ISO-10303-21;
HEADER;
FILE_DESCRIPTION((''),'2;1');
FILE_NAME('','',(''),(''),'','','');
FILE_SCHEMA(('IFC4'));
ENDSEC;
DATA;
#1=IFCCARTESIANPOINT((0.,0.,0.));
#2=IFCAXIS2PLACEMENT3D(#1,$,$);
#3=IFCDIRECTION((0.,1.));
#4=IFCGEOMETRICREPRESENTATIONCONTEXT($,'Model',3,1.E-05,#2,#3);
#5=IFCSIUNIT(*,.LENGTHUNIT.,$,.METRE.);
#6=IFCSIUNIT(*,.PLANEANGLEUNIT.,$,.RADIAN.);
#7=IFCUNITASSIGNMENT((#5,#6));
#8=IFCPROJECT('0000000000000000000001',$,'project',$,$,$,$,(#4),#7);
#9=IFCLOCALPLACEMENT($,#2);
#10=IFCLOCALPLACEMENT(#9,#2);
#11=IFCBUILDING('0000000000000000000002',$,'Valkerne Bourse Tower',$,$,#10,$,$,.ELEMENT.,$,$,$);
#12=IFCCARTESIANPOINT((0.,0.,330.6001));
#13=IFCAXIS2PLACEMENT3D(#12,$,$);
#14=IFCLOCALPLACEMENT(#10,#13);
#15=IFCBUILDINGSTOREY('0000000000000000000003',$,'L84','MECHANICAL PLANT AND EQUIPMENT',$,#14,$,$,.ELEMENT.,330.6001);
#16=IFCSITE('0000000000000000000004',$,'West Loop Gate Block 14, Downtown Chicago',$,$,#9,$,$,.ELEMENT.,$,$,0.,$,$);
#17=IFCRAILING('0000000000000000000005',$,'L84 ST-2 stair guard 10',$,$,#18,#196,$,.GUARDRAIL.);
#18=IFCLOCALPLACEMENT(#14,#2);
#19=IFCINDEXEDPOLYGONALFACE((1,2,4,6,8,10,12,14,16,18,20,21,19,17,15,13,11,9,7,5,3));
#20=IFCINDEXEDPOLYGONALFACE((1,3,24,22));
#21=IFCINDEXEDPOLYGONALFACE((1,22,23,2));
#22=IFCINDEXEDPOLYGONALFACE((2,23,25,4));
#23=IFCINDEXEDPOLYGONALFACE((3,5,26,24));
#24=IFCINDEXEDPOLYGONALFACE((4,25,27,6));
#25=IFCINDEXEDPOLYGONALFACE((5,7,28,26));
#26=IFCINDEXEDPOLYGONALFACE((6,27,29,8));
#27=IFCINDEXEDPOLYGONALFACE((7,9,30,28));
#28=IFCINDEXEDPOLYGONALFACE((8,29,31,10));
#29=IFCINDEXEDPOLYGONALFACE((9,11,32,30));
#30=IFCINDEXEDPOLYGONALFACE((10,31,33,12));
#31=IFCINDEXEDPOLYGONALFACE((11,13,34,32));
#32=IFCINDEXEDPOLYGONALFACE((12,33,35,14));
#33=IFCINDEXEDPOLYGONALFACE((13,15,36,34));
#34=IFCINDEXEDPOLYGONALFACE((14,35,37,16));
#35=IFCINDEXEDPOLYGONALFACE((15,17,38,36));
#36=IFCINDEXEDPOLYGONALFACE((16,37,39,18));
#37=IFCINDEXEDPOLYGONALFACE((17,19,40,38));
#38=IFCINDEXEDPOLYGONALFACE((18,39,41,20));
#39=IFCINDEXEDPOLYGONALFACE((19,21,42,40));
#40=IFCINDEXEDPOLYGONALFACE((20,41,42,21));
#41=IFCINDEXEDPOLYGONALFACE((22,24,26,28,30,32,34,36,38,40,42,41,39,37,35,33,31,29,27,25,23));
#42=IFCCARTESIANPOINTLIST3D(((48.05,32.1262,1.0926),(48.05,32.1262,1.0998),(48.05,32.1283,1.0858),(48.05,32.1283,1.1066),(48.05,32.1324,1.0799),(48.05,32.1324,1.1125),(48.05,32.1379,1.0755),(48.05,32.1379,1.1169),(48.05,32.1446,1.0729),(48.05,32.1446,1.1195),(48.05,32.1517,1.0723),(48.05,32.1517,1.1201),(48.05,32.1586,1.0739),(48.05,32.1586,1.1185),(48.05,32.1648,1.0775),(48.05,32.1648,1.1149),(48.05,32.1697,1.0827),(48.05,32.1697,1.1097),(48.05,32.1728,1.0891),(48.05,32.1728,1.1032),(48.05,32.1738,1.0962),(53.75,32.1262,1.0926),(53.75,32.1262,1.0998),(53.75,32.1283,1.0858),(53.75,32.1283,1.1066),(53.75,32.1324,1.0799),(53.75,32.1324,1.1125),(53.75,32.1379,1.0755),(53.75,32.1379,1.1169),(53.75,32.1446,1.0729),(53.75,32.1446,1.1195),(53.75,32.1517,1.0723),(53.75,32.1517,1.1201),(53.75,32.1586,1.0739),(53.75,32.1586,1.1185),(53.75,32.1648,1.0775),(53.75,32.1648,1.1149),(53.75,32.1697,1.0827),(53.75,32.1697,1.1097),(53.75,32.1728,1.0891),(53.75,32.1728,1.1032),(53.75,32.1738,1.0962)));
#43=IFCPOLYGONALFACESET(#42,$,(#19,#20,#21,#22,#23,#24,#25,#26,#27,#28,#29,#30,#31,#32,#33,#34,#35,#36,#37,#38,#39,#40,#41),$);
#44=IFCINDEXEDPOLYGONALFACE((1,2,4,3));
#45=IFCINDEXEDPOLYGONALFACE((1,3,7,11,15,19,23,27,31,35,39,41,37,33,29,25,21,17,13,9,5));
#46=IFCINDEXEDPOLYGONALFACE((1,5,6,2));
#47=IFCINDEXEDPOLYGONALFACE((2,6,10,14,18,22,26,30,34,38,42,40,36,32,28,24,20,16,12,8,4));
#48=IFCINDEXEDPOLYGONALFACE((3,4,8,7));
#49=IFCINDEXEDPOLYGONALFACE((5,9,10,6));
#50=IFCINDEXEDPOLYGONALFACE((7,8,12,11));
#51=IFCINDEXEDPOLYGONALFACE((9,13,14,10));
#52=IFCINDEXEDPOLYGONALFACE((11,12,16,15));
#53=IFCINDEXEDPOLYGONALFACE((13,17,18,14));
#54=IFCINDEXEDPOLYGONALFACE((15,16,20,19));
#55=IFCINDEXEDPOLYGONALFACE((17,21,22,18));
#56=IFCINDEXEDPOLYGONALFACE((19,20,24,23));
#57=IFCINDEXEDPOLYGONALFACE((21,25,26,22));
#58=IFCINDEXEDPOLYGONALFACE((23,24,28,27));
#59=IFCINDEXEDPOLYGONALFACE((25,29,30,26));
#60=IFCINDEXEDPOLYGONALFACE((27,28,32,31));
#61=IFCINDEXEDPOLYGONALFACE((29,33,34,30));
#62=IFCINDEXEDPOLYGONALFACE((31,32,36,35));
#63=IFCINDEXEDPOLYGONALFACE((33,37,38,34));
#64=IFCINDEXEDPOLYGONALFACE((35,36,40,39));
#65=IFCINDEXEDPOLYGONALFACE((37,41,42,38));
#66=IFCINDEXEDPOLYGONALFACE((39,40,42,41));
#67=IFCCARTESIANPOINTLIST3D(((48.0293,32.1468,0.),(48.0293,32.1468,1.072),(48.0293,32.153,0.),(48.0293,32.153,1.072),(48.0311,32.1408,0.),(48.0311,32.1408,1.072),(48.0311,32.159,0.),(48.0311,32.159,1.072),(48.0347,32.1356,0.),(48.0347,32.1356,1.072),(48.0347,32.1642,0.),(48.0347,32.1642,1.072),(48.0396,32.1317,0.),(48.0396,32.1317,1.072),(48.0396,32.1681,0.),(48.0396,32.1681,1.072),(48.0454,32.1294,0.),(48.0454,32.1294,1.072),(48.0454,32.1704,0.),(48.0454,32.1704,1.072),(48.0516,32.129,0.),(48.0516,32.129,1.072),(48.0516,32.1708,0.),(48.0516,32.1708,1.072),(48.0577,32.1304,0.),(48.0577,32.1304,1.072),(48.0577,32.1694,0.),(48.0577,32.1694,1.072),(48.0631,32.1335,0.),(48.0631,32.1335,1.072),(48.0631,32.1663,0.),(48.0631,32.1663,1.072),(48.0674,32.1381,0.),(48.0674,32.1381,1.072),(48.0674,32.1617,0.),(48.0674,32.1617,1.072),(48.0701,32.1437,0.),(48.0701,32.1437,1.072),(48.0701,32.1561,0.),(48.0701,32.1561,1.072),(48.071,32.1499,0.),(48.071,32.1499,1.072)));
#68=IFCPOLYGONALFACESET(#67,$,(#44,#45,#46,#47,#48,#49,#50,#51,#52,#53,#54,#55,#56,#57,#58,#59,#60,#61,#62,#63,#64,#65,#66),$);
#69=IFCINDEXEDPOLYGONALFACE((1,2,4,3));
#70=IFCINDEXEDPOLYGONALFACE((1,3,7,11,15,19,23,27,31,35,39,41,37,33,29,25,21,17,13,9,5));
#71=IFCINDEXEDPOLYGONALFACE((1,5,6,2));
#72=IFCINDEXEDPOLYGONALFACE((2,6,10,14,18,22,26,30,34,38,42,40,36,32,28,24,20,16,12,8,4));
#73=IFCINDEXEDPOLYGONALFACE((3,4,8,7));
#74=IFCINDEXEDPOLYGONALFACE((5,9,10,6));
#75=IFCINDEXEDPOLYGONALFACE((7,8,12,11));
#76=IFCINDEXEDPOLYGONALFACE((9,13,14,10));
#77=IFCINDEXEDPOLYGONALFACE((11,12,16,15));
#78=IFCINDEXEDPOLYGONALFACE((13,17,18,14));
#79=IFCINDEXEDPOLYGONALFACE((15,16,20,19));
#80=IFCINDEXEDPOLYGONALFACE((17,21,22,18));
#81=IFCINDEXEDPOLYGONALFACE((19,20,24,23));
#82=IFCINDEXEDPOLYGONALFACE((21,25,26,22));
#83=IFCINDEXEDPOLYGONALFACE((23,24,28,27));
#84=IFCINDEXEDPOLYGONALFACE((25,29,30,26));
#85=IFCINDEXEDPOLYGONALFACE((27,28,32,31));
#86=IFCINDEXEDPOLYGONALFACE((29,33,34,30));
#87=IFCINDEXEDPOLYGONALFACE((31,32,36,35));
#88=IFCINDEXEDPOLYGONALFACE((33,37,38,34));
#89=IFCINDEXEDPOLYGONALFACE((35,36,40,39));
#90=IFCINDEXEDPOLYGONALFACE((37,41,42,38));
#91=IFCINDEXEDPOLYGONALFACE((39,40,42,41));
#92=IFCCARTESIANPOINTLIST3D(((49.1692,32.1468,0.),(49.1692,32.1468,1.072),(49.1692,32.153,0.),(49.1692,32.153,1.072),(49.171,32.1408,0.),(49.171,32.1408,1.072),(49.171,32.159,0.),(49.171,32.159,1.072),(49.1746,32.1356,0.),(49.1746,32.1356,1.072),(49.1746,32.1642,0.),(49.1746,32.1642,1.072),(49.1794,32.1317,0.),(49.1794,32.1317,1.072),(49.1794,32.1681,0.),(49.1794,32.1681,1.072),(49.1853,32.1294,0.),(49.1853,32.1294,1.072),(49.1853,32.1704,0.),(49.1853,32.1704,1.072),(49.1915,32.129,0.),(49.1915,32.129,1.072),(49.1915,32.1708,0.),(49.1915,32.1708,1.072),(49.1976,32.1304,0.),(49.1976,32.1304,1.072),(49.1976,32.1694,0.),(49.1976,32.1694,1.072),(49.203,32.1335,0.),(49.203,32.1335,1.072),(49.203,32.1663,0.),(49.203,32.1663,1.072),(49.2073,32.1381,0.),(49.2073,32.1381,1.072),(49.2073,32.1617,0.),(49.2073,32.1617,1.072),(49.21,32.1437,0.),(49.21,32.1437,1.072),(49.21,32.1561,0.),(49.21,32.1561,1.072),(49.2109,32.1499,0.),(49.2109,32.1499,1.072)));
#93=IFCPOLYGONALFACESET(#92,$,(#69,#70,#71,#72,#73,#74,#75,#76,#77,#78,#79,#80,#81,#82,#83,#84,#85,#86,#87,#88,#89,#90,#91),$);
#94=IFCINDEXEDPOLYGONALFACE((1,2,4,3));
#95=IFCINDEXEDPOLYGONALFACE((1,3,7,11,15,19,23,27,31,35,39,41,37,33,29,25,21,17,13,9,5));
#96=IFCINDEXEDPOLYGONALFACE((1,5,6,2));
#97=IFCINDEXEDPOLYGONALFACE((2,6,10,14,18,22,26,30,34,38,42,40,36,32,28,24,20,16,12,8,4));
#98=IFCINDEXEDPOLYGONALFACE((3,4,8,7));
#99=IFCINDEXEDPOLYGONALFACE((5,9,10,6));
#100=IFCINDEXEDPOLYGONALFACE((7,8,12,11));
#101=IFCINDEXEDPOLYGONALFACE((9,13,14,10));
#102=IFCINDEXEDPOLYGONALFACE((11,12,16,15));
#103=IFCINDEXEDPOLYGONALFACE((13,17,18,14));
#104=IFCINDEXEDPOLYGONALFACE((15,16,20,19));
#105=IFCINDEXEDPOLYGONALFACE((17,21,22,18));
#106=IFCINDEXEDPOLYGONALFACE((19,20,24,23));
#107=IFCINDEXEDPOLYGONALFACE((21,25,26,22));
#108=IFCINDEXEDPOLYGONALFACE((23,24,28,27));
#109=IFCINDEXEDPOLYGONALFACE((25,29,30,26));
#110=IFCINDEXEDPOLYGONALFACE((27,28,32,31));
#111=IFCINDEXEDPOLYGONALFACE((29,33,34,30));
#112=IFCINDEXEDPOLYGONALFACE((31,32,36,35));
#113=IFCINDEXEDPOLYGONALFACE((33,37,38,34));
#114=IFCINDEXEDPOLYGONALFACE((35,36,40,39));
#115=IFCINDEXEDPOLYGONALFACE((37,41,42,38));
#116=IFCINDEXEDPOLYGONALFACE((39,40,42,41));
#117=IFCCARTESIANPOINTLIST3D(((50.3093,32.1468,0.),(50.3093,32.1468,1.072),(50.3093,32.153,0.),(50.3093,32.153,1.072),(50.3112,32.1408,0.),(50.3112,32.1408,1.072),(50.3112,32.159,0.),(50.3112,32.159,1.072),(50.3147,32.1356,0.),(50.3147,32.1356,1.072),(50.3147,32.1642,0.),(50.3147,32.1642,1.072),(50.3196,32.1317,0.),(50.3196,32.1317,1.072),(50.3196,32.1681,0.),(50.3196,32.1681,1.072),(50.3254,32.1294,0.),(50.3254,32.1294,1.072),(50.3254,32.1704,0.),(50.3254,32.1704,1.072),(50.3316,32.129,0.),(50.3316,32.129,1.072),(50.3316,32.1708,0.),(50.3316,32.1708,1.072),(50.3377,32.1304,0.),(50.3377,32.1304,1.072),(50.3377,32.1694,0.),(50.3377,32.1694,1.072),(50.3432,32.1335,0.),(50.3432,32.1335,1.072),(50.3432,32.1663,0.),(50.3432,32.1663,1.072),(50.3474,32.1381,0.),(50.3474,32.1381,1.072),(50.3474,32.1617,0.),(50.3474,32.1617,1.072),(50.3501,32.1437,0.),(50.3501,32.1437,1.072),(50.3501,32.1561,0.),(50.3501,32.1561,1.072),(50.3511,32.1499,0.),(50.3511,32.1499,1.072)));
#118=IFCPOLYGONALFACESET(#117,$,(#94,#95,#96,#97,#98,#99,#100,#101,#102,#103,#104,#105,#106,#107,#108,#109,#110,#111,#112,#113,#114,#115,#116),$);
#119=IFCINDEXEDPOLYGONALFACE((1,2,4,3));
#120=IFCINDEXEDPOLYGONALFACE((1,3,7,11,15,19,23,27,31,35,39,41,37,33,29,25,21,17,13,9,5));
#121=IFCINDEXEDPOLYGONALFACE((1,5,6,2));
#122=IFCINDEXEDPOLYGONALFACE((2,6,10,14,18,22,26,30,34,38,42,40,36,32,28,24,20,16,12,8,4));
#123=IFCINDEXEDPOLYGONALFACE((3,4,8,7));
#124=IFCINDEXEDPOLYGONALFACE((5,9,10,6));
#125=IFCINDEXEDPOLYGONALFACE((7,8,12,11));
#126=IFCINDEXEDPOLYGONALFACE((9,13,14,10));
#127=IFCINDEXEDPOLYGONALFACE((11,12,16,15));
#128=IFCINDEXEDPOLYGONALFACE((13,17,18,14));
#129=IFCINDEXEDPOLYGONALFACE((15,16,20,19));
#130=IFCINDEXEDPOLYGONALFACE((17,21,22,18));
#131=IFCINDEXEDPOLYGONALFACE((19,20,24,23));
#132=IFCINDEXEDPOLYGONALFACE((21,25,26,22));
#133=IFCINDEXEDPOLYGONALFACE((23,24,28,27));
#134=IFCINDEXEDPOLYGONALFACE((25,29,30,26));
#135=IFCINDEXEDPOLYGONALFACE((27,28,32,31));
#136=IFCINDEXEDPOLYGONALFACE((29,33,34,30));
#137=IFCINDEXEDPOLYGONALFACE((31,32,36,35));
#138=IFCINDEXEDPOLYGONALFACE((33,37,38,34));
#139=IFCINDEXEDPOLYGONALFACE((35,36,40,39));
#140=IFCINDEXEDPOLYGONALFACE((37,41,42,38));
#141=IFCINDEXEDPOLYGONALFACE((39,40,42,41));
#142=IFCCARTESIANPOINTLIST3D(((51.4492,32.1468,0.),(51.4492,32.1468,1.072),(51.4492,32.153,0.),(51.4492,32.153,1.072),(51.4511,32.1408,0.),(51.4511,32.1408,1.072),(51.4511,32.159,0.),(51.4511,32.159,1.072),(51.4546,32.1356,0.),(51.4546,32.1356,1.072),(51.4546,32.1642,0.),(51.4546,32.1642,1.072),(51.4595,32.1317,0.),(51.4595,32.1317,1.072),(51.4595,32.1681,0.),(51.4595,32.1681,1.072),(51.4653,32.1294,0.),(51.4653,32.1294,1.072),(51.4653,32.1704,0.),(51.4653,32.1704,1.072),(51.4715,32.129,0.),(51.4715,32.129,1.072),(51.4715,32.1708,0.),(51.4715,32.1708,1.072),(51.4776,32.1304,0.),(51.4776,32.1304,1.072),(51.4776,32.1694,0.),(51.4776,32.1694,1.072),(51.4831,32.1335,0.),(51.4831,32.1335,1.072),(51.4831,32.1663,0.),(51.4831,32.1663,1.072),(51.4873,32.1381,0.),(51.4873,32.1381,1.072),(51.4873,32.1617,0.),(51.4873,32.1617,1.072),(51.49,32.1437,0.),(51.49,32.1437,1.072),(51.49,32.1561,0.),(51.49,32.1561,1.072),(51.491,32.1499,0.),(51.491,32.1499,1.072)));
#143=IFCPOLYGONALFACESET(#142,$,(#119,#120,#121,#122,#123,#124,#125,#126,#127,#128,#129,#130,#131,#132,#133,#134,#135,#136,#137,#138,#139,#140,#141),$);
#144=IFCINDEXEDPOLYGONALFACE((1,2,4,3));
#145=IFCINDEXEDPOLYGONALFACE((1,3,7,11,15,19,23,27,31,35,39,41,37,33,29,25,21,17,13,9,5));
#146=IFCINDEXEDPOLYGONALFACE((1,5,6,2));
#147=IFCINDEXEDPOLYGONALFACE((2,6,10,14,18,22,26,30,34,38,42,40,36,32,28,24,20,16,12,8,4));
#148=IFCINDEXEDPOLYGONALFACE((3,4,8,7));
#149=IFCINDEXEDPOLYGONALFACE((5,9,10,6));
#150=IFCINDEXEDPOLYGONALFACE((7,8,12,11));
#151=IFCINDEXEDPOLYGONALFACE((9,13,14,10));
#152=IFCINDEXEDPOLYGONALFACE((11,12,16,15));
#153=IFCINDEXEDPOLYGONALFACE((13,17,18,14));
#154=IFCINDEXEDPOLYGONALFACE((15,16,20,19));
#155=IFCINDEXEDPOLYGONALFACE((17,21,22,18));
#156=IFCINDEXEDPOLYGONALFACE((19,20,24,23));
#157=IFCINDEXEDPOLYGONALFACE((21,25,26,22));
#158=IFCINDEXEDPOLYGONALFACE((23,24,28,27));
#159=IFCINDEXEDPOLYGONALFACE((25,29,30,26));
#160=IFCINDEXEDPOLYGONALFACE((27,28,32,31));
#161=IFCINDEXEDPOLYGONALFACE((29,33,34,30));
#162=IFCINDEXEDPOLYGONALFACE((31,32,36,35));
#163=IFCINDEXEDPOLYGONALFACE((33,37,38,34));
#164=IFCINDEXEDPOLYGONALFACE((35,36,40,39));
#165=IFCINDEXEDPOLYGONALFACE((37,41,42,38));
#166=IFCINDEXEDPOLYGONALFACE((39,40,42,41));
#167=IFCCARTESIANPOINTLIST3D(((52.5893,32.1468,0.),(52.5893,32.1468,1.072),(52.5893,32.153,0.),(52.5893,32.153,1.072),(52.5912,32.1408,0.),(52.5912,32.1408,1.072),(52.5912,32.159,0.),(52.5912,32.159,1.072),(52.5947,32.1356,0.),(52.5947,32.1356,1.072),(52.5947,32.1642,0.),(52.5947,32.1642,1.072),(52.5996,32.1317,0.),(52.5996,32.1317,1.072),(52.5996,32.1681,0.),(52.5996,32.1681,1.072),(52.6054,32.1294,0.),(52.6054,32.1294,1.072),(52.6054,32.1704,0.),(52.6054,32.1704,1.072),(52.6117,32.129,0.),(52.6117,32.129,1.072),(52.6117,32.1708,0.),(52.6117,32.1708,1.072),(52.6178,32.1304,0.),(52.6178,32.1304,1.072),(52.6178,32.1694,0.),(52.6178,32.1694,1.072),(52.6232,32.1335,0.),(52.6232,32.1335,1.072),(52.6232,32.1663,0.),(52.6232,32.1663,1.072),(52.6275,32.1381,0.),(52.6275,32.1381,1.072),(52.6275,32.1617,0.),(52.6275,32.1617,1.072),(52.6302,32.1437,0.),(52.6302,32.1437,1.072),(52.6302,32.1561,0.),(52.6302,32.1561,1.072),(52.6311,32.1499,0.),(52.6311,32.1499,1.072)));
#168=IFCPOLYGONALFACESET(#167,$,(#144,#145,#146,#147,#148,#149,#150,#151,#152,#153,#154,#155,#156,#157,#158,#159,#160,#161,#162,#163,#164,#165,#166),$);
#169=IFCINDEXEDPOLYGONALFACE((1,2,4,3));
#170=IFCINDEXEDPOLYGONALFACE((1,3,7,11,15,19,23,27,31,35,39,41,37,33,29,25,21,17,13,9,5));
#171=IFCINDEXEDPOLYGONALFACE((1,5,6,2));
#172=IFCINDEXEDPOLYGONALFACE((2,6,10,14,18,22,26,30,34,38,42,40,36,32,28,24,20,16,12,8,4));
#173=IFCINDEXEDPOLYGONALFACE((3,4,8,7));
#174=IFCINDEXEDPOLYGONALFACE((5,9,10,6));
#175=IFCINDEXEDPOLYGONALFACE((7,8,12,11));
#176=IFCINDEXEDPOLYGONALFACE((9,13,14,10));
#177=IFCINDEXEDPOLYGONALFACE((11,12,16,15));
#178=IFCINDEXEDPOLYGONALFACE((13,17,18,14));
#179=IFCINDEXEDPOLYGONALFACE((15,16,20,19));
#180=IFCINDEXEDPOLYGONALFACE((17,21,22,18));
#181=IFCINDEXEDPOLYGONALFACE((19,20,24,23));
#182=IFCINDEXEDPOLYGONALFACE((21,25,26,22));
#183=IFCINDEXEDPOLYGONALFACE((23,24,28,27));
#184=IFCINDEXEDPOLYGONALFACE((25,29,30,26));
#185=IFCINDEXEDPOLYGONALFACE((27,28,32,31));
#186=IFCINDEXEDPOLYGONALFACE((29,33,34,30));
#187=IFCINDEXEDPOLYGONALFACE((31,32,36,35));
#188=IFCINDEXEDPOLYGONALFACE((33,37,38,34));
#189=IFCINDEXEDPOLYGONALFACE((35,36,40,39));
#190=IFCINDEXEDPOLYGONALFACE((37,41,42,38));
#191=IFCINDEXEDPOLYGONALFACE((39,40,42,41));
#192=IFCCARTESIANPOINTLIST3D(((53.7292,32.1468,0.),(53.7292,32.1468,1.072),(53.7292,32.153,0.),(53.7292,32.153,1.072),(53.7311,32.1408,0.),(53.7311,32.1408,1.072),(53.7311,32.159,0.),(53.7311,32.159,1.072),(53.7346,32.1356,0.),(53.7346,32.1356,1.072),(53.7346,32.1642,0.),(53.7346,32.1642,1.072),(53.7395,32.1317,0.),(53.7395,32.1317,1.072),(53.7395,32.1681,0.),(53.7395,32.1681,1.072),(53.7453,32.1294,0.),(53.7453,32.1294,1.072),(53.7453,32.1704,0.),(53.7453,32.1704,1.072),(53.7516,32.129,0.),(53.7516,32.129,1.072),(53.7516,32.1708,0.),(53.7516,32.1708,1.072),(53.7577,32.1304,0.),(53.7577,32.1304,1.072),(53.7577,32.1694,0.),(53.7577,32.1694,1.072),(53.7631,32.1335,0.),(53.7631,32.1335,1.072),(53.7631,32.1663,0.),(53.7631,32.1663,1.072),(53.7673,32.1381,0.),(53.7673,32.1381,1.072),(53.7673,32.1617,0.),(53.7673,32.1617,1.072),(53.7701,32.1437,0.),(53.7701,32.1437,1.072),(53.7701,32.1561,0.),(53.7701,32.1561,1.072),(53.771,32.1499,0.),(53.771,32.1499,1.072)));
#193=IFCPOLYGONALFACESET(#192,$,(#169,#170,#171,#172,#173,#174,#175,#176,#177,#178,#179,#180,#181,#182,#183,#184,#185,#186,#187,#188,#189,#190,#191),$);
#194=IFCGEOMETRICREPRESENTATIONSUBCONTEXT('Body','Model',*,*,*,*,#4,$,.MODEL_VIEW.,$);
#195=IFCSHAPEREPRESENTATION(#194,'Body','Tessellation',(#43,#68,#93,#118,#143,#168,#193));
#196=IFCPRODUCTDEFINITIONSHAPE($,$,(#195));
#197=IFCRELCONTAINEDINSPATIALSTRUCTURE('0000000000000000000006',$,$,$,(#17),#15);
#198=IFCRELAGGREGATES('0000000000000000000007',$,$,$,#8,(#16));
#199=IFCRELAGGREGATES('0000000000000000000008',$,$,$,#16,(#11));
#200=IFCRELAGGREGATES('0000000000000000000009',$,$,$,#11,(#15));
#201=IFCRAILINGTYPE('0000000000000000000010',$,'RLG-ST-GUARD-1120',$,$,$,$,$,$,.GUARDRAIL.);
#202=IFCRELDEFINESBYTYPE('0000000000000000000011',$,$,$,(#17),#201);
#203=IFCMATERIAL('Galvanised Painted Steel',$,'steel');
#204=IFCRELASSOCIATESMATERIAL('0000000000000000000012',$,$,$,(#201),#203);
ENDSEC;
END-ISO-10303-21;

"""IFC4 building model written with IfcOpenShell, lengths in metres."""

from ifc_helpers import new_model, si_unit, direction, frame, origin, origin_2d, place, context, subcontext, project, spatial, circle, extrude, material, type_object, element, save


model = new_model("IFC4")

# Units and contexts
model_context = context("Model", 3, precision=1e-05, world=origin(), true_north=direction((0.0, 1.0)))
body_context = subcontext(model_context, "Body", "Model", "MODEL_VIEW")
ifc_project = project(units=[si_unit("LENGTHUNIT", "METRE"), si_unit("PLANEANGLEUNIT", "RADIAN")], contexts=[model_context])

# Site, building, storey
site_placement = place(None, origin())
site = spatial("IfcSite", under=ifc_project, at=site_placement, Name="West Loop Gate Block 14, Downtown Chicago", CompositionType="ELEMENT", RefElevation=0.0)
building_placement = place(site_placement, origin())
building = spatial("IfcBuilding", under=site, at=building_placement, Name="Valkerne Bourse Tower", CompositionType="ELEMENT")
storey_placement = place(building_placement, frame((0.0, 0.0, 330.6001)))
storey = spatial("IfcBuildingStorey", under=building, at=storey_placement, Name="L84", Description="MECHANICAL PLANT AND EQUIPMENT", CompositionType="ELEMENT", Elevation=330.6001)

# Shared definitions
ifc_material_1 = material(Name="Galvanised Painted Steel", Category="steel")

# Railing
railing_type_1 = type_object("IfcRailingType", Name="RLG-ST-GUARD-1120", PredefinedType="GUARDRAIL", material=ifc_material_1)
for number, where, name in (
    (1, (48.05, 32.1499, 0.0), "L84 ST-2 stair guard 10"),
):
    element("IfcRailing", number, at=place(storey_placement, frame(where)), inside=storey, type_object=railing_type_1, Name=name, PredefinedType="GUARDRAIL", context=body_context, shape_type="SweptSolid", body=[
        extrude(circle(Radius=0.0239, at=origin_2d()), frame((0.0, 0.0, 1.0962), z_axis=(1.0, 0.0, 0.0), x_axis=(0.0, 1.0, 0.0)), (0.0, 0.0, 1.0), 5.7),
        extrude(circle(Radius=0.021, at=origin_2d()), origin(), (0.0, 0.0, 1.0), 1.072),
        extrude(circle(Radius=0.021, at=origin_2d()), frame((1.1399, 0.0, 0.0)), (0.0, 0.0, 1.0), 1.072),
        extrude(circle(Radius=0.021, at=origin_2d()), frame((2.28, 0.0, 0.0)), (0.0, 0.0, 1.0), 1.072),
        extrude(circle(Radius=0.021, at=origin_2d()), frame((3.4199, 0.0, 0.0)), (0.0, 0.0, 1.0), 1.072),
        extrude(circle(Radius=0.021, at=origin_2d()), frame((4.5601, 0.0, 0.0)), (0.0, 0.0, 1.0), 1.072),
        extrude(circle(Radius=0.021, at=origin_2d()), frame((5.7, 0.0, 0.0)), (0.0, 0.0, 1.0), 1.072),
    ])

save(model, "model.ifc")
